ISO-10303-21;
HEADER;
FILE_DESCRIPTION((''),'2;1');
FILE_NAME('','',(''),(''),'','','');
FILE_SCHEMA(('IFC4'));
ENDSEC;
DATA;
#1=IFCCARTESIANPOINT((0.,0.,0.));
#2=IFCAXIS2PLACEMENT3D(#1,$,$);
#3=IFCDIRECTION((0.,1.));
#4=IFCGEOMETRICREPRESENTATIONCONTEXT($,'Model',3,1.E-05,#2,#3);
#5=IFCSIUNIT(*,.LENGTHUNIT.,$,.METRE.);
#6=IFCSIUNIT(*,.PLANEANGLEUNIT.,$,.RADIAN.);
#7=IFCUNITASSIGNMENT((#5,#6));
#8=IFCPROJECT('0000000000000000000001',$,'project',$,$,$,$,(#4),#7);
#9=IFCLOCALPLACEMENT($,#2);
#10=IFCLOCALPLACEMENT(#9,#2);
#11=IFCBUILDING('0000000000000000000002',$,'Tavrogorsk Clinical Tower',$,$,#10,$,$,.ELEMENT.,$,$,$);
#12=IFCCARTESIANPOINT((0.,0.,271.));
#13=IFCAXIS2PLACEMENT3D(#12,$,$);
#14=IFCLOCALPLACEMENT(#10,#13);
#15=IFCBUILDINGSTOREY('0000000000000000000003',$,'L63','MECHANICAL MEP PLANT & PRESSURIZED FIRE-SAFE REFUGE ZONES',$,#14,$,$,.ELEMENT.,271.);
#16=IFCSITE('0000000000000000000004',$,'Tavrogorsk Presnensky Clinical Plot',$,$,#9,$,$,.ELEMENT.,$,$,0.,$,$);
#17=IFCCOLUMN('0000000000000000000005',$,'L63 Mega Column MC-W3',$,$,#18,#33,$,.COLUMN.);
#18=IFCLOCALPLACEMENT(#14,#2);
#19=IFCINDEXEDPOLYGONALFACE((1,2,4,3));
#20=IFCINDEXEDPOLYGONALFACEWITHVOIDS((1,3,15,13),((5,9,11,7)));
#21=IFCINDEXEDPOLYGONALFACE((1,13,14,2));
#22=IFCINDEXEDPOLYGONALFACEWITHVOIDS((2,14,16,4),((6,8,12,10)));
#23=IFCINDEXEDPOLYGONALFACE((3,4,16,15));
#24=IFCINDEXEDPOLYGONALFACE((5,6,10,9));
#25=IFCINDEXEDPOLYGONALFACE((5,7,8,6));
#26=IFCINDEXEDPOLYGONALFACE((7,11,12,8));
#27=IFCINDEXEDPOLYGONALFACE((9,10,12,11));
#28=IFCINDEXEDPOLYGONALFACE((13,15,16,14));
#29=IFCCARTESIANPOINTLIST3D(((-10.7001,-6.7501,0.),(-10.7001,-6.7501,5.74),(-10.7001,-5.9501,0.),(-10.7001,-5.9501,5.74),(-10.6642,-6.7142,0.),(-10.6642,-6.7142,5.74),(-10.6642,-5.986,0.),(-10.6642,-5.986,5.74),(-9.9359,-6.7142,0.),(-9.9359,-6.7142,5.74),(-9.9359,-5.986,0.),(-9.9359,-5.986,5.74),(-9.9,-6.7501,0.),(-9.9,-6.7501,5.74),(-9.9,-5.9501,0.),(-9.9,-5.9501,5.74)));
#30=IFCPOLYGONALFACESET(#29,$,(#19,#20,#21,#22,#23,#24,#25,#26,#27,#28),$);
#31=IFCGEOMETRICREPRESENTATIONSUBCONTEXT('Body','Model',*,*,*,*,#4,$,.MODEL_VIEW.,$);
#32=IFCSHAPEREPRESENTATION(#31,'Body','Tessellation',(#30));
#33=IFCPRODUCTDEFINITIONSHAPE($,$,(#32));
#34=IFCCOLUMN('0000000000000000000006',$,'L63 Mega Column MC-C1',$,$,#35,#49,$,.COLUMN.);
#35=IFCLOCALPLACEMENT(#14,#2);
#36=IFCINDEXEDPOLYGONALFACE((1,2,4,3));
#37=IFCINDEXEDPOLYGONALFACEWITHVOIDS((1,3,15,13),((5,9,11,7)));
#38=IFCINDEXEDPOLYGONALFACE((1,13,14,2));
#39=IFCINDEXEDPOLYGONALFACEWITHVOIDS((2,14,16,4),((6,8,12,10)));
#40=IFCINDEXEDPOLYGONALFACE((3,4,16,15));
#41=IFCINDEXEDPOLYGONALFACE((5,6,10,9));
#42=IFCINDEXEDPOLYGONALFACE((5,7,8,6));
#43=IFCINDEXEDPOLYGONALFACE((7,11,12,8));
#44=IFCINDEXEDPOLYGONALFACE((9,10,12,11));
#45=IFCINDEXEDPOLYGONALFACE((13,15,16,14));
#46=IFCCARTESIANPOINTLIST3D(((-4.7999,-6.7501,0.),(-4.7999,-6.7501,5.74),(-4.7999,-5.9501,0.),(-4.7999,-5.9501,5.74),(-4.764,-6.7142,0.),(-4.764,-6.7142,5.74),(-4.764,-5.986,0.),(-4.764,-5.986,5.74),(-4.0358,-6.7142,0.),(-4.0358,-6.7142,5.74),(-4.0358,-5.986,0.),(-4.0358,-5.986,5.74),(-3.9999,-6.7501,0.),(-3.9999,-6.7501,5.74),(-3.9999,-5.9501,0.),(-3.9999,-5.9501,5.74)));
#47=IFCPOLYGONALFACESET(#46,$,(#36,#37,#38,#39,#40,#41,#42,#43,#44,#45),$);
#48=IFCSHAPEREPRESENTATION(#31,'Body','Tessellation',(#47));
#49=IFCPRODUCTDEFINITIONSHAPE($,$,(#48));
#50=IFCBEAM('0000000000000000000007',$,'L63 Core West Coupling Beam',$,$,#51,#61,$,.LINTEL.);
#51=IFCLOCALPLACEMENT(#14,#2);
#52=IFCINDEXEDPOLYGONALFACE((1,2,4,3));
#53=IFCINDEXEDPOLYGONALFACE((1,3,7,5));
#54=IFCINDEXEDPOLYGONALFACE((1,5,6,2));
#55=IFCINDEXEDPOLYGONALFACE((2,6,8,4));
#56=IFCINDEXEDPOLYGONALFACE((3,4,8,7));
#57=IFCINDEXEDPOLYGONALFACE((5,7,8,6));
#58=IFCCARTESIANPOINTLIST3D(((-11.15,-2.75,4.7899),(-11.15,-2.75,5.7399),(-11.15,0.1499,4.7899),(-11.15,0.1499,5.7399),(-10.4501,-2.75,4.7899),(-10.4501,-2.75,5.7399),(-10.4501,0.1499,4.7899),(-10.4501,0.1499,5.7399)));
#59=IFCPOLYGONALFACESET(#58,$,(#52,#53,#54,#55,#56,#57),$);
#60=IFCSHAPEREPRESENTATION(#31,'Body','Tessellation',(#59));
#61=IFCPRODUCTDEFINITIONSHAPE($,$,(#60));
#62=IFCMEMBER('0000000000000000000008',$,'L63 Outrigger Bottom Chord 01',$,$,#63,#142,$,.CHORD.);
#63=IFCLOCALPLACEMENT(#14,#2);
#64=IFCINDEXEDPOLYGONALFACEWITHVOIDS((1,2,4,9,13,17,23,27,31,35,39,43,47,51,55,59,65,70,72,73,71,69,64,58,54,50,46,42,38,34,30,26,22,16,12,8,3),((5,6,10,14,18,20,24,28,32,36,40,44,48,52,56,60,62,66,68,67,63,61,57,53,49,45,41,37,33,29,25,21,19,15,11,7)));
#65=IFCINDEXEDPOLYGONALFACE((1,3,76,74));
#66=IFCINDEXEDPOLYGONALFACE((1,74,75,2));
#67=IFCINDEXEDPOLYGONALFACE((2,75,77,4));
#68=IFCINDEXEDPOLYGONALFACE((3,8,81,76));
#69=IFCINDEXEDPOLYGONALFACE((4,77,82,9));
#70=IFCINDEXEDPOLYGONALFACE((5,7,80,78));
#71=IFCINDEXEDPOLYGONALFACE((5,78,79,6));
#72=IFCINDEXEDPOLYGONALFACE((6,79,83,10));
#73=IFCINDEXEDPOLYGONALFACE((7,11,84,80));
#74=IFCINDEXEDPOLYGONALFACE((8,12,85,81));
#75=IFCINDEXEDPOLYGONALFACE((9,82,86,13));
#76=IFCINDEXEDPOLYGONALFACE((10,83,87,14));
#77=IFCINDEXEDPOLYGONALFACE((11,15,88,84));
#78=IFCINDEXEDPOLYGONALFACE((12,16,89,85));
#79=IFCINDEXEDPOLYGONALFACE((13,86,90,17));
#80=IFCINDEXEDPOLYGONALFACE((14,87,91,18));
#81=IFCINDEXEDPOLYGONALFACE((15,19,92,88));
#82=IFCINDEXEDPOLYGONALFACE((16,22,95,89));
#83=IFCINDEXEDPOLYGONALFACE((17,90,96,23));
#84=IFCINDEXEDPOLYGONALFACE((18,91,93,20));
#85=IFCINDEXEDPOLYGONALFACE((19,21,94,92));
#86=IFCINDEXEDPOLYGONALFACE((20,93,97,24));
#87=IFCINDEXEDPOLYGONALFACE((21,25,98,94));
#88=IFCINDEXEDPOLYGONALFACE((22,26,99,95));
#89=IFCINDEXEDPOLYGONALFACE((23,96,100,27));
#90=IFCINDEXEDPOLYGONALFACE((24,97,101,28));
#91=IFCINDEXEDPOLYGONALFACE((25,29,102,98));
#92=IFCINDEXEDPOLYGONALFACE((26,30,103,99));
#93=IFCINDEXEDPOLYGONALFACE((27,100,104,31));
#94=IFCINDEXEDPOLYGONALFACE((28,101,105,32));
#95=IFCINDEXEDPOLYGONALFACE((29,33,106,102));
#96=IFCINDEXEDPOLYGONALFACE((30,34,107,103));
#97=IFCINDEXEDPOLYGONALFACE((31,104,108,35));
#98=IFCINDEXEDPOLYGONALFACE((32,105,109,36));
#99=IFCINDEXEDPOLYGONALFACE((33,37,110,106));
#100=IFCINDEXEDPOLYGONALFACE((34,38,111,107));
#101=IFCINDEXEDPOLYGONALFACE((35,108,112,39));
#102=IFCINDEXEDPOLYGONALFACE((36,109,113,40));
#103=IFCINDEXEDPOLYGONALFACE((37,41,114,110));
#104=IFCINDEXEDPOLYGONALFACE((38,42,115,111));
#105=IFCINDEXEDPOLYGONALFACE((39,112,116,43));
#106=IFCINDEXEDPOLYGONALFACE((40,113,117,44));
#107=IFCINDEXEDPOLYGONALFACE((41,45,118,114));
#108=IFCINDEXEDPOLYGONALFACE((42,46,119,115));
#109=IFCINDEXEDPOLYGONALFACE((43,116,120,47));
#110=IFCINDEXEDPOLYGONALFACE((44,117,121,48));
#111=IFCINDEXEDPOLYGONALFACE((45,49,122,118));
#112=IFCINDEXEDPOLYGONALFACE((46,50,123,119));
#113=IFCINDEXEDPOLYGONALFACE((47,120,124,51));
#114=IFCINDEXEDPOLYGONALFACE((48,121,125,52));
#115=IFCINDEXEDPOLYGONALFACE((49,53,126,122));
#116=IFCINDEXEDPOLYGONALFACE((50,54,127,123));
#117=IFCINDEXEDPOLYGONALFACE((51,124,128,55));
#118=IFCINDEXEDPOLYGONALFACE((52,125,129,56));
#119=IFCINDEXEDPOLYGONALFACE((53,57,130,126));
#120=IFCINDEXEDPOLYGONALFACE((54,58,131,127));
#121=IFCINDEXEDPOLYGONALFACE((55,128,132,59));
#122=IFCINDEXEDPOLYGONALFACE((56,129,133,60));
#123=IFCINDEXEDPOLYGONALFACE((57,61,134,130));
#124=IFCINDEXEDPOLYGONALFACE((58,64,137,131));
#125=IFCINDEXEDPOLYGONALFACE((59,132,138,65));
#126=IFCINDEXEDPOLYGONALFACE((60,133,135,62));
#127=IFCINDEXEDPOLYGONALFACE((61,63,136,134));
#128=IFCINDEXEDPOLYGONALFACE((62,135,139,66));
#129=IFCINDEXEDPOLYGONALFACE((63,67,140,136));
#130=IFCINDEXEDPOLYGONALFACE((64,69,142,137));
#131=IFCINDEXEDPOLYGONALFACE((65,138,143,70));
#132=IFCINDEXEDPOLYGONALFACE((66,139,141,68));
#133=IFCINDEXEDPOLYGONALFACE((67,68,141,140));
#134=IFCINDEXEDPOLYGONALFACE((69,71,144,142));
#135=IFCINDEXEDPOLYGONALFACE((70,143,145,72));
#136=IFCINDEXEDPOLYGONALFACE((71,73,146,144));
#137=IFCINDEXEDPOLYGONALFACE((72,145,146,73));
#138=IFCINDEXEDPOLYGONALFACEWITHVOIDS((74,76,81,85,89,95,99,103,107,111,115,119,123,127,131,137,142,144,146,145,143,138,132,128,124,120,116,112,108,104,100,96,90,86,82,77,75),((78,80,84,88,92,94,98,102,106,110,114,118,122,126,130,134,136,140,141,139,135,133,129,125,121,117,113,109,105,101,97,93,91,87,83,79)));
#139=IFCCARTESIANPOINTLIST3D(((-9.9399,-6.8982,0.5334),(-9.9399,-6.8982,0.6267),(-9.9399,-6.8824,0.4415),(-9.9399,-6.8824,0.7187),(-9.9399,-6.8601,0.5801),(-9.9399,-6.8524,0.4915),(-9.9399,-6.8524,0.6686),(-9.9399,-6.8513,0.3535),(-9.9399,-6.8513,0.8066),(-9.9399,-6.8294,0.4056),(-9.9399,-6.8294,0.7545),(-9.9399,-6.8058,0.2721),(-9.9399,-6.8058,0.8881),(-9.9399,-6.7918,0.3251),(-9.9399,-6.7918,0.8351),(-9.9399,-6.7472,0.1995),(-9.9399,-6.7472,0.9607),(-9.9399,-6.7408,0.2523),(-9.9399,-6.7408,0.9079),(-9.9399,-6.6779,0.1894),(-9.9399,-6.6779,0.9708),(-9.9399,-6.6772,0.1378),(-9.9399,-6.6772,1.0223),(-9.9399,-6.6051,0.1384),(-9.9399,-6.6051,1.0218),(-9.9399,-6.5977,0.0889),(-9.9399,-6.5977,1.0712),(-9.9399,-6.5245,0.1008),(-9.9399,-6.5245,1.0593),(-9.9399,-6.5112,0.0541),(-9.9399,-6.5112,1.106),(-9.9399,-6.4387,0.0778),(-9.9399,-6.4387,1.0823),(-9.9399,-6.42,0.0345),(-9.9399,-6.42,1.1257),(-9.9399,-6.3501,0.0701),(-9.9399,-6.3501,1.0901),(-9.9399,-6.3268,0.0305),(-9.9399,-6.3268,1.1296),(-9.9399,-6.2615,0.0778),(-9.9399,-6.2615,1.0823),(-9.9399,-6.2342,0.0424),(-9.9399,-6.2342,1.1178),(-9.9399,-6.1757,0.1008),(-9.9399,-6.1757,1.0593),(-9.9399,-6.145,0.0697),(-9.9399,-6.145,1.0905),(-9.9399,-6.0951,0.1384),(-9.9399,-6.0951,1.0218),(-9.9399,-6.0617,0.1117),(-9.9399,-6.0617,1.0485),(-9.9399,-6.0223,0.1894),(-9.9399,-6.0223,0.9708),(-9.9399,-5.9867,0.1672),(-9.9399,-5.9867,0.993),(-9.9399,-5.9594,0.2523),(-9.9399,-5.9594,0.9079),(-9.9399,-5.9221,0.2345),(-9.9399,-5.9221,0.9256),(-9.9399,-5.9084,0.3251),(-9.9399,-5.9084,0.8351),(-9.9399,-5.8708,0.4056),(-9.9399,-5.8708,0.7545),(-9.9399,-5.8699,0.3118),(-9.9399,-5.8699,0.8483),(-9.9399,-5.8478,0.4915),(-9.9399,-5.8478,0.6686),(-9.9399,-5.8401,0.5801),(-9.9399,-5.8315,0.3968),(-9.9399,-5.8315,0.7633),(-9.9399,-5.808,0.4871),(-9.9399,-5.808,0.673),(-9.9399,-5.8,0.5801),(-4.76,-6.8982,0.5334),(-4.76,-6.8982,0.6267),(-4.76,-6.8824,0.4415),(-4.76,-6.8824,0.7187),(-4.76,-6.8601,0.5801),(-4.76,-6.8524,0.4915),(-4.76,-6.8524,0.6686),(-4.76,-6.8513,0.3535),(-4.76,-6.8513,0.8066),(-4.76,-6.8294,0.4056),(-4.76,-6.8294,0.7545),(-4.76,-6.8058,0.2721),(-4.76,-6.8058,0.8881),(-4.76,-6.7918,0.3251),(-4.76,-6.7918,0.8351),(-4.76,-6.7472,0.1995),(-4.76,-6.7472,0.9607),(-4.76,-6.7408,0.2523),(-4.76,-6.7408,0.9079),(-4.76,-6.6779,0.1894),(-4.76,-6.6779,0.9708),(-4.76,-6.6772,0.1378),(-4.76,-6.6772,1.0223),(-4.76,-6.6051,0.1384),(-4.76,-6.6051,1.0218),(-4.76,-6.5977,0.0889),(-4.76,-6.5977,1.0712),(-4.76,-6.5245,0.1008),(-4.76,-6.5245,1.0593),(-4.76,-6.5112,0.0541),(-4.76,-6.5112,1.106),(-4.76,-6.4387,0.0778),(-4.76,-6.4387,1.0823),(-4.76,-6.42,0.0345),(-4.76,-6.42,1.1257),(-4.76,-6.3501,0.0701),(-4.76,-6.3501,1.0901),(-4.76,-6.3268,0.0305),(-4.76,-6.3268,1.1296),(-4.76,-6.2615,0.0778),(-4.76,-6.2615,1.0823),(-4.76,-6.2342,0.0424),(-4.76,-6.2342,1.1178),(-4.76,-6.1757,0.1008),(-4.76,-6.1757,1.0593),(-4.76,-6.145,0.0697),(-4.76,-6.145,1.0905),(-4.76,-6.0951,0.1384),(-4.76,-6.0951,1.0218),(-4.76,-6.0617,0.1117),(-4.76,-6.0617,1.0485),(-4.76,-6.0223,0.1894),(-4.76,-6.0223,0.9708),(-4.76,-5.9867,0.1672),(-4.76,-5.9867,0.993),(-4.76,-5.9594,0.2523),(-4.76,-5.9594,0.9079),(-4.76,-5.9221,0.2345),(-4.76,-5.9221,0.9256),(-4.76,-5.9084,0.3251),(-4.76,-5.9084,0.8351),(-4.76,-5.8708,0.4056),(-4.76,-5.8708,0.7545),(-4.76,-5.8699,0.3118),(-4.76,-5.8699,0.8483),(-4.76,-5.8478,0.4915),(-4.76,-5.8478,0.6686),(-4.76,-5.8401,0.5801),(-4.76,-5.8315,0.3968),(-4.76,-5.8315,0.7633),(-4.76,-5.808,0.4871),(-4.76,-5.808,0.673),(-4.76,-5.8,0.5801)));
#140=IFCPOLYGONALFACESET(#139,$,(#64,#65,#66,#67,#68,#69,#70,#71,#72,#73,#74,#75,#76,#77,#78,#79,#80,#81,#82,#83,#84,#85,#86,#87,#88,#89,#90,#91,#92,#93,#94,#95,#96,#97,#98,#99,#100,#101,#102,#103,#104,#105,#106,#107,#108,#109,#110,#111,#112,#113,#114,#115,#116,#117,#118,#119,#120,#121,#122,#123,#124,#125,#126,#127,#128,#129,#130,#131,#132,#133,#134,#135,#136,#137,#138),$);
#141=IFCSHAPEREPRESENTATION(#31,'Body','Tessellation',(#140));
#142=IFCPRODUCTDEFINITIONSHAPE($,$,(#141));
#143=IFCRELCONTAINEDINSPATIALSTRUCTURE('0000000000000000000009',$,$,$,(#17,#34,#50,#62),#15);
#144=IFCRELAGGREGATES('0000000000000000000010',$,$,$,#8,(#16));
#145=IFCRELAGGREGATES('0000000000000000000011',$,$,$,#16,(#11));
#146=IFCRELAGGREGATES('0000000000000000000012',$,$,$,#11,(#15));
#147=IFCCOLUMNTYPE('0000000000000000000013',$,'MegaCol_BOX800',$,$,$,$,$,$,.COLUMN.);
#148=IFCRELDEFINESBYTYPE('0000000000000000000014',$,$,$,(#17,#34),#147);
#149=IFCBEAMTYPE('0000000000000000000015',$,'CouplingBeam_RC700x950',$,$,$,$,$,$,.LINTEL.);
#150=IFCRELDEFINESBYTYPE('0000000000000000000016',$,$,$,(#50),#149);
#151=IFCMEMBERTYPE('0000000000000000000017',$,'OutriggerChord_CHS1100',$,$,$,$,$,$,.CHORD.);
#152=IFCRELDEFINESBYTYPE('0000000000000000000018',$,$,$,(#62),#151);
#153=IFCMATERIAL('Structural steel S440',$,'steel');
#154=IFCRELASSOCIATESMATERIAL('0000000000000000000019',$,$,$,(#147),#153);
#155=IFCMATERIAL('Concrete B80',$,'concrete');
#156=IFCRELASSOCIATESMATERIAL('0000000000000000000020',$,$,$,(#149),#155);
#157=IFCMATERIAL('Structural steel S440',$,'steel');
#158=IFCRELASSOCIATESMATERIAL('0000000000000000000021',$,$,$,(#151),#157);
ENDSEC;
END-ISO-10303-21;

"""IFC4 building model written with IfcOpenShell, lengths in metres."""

from ifc_helpers import new_model, si_unit, direction, frame, origin, origin_2d, place, context, subcontext, project, spatial, rectangle, hollow_rectangle, hollow_circle, extrude, material, material_profile, profile_set, type_object, element, save


model = new_model("IFC4")

# Units and contexts
model_context = context("Model", 3, precision=1e-05, world=origin(), true_north=direction((0.0, 1.0)))
body_context = subcontext(model_context, "Body", "Model", "MODEL_VIEW")
ifc_project = project(units=[si_unit("LENGTHUNIT", "METRE"), si_unit("PLANEANGLEUNIT", "RADIAN")], contexts=[model_context])

# Site, building, storey
site_placement = place(None, origin())
site = spatial("IfcSite", under=ifc_project, at=site_placement, Name="Tavrogorsk Presnensky Clinical Plot", CompositionType="ELEMENT", RefElevation=0.0)
building_placement = place(site_placement, origin())
building = spatial("IfcBuilding", under=site, at=building_placement, Name="Tavrogorsk Clinical Tower", CompositionType="ELEMENT")
storey_placement = place(building_placement, frame((0.0, 0.0, 271.0)))
storey = spatial("IfcBuildingStorey", under=building, at=storey_placement, Name="L63", Description="MECHANICAL MEP PLANT & PRESSURIZED FIRE-SAFE REFUGE ZONES", CompositionType="ELEMENT", Elevation=271.0)

# Columns
ifc_material_1 = material(Name="Structural steel S440", Category="steel")
ifc_material_profile_1 = material_profile(ifc_material_1, hollow_rectangle(XDim=0.8, YDim=0.8, WallThickness=0.0359, at=origin_2d()), Name="BOX-800x800x36")
ifc_profile_set_1 = profile_set([ifc_material_profile_1], Name="Structural steel S440")
column_type = type_object("IfcColumnType", Name="MegaCol_BOX800", PredefinedType="COLUMN", material=ifc_profile_set_1)
for number, where, z_axis, x_axis, name in (
    (1, (-10.3, -6.3501, 0.0), (0.0, 0.0, 1.0), (1.0, 0.0, 0.0), "L63 Mega Column MC-W3"),
    (2, (-4.3999, -6.3501, 0.0), (0.0, 0.0, 1.0), (1.0, 0.0, 0.0), "L63 Mega Column MC-C1"),
):
    element("IfcColumn", number, at=place(storey_placement, frame(where, z_axis=z_axis, x_axis=x_axis)), inside=storey, type_object=column_type, Name=name, PredefinedType="COLUMN", context=body_context, shape_type="SweptSolid", body=[
        extrude(hollow_rectangle(XDim=0.8, YDim=0.8, WallThickness=0.0359, at=origin_2d()), origin(), (0.0, 0.0, 1.0), 5.74),
    ])

# Beam
ifc_material_2 = material(Name="Concrete B80", Category="concrete")
ifc_material_profile_2 = material_profile(ifc_material_2, rectangle(XDim=0.7, YDim=0.95, at=origin_2d()), Name="RC-CB-700x950")
ifc_profile_set_2 = profile_set([ifc_material_profile_2], Name="Concrete B80")
beam_type_1 = type_object("IfcBeamType", Name="CouplingBeam_RC700x950", PredefinedType="LINTEL", material=ifc_profile_set_2)
beam_1_placement = place(storey_placement, frame((-10.8, -2.75, 5.2649), z_axis=(0.0, 1.0, 0.0), x_axis=(-1.0, 0.0, 0.0)))
element("IfcBeam", 3, at=beam_1_placement, inside=storey, type_object=beam_type_1, Name="L63 Core West Coupling Beam", PredefinedType="LINTEL", context=body_context, shape_type="SweptSolid", body=[
    extrude(rectangle(XDim=0.7, YDim=0.95, at=origin_2d()), origin(), (0.0, 0.0, 1.0), 2.8999),
])

# Member
ifc_material_3 = material(Name="Structural steel S440", Category="steel")
ifc_material_profile_3 = material_profile(ifc_material_3, hollow_circle(Radius=0.55, WallThickness=0.04, at=origin_2d()), Name="CHS-1100x40")
ifc_profile_set_3 = profile_set([ifc_material_profile_3], Name="Structural steel S440")
member_type_1 = type_object("IfcMemberType", Name="OutriggerChord_CHS1100", PredefinedType="CHORD", material=ifc_profile_set_3)
member_1_placement = place(storey_placement, frame((-9.9399, -6.3501, 0.5801), z_axis=(1.0, 0.0, 0.0), x_axis=(0.0, 1.0, 0.0)))
element("IfcMember", 4, at=member_1_placement, inside=storey, type_object=member_type_1, Name="L63 Outrigger Bottom Chord 01", PredefinedType="CHORD", context=body_context, shape_type="SweptSolid", body=[
    extrude(hollow_circle(Radius=0.55, WallThickness=0.04, at=origin_2d()), origin(), (0.0, 0.0, 1.0), 5.1799),
])

save(model, "model.ifc")
